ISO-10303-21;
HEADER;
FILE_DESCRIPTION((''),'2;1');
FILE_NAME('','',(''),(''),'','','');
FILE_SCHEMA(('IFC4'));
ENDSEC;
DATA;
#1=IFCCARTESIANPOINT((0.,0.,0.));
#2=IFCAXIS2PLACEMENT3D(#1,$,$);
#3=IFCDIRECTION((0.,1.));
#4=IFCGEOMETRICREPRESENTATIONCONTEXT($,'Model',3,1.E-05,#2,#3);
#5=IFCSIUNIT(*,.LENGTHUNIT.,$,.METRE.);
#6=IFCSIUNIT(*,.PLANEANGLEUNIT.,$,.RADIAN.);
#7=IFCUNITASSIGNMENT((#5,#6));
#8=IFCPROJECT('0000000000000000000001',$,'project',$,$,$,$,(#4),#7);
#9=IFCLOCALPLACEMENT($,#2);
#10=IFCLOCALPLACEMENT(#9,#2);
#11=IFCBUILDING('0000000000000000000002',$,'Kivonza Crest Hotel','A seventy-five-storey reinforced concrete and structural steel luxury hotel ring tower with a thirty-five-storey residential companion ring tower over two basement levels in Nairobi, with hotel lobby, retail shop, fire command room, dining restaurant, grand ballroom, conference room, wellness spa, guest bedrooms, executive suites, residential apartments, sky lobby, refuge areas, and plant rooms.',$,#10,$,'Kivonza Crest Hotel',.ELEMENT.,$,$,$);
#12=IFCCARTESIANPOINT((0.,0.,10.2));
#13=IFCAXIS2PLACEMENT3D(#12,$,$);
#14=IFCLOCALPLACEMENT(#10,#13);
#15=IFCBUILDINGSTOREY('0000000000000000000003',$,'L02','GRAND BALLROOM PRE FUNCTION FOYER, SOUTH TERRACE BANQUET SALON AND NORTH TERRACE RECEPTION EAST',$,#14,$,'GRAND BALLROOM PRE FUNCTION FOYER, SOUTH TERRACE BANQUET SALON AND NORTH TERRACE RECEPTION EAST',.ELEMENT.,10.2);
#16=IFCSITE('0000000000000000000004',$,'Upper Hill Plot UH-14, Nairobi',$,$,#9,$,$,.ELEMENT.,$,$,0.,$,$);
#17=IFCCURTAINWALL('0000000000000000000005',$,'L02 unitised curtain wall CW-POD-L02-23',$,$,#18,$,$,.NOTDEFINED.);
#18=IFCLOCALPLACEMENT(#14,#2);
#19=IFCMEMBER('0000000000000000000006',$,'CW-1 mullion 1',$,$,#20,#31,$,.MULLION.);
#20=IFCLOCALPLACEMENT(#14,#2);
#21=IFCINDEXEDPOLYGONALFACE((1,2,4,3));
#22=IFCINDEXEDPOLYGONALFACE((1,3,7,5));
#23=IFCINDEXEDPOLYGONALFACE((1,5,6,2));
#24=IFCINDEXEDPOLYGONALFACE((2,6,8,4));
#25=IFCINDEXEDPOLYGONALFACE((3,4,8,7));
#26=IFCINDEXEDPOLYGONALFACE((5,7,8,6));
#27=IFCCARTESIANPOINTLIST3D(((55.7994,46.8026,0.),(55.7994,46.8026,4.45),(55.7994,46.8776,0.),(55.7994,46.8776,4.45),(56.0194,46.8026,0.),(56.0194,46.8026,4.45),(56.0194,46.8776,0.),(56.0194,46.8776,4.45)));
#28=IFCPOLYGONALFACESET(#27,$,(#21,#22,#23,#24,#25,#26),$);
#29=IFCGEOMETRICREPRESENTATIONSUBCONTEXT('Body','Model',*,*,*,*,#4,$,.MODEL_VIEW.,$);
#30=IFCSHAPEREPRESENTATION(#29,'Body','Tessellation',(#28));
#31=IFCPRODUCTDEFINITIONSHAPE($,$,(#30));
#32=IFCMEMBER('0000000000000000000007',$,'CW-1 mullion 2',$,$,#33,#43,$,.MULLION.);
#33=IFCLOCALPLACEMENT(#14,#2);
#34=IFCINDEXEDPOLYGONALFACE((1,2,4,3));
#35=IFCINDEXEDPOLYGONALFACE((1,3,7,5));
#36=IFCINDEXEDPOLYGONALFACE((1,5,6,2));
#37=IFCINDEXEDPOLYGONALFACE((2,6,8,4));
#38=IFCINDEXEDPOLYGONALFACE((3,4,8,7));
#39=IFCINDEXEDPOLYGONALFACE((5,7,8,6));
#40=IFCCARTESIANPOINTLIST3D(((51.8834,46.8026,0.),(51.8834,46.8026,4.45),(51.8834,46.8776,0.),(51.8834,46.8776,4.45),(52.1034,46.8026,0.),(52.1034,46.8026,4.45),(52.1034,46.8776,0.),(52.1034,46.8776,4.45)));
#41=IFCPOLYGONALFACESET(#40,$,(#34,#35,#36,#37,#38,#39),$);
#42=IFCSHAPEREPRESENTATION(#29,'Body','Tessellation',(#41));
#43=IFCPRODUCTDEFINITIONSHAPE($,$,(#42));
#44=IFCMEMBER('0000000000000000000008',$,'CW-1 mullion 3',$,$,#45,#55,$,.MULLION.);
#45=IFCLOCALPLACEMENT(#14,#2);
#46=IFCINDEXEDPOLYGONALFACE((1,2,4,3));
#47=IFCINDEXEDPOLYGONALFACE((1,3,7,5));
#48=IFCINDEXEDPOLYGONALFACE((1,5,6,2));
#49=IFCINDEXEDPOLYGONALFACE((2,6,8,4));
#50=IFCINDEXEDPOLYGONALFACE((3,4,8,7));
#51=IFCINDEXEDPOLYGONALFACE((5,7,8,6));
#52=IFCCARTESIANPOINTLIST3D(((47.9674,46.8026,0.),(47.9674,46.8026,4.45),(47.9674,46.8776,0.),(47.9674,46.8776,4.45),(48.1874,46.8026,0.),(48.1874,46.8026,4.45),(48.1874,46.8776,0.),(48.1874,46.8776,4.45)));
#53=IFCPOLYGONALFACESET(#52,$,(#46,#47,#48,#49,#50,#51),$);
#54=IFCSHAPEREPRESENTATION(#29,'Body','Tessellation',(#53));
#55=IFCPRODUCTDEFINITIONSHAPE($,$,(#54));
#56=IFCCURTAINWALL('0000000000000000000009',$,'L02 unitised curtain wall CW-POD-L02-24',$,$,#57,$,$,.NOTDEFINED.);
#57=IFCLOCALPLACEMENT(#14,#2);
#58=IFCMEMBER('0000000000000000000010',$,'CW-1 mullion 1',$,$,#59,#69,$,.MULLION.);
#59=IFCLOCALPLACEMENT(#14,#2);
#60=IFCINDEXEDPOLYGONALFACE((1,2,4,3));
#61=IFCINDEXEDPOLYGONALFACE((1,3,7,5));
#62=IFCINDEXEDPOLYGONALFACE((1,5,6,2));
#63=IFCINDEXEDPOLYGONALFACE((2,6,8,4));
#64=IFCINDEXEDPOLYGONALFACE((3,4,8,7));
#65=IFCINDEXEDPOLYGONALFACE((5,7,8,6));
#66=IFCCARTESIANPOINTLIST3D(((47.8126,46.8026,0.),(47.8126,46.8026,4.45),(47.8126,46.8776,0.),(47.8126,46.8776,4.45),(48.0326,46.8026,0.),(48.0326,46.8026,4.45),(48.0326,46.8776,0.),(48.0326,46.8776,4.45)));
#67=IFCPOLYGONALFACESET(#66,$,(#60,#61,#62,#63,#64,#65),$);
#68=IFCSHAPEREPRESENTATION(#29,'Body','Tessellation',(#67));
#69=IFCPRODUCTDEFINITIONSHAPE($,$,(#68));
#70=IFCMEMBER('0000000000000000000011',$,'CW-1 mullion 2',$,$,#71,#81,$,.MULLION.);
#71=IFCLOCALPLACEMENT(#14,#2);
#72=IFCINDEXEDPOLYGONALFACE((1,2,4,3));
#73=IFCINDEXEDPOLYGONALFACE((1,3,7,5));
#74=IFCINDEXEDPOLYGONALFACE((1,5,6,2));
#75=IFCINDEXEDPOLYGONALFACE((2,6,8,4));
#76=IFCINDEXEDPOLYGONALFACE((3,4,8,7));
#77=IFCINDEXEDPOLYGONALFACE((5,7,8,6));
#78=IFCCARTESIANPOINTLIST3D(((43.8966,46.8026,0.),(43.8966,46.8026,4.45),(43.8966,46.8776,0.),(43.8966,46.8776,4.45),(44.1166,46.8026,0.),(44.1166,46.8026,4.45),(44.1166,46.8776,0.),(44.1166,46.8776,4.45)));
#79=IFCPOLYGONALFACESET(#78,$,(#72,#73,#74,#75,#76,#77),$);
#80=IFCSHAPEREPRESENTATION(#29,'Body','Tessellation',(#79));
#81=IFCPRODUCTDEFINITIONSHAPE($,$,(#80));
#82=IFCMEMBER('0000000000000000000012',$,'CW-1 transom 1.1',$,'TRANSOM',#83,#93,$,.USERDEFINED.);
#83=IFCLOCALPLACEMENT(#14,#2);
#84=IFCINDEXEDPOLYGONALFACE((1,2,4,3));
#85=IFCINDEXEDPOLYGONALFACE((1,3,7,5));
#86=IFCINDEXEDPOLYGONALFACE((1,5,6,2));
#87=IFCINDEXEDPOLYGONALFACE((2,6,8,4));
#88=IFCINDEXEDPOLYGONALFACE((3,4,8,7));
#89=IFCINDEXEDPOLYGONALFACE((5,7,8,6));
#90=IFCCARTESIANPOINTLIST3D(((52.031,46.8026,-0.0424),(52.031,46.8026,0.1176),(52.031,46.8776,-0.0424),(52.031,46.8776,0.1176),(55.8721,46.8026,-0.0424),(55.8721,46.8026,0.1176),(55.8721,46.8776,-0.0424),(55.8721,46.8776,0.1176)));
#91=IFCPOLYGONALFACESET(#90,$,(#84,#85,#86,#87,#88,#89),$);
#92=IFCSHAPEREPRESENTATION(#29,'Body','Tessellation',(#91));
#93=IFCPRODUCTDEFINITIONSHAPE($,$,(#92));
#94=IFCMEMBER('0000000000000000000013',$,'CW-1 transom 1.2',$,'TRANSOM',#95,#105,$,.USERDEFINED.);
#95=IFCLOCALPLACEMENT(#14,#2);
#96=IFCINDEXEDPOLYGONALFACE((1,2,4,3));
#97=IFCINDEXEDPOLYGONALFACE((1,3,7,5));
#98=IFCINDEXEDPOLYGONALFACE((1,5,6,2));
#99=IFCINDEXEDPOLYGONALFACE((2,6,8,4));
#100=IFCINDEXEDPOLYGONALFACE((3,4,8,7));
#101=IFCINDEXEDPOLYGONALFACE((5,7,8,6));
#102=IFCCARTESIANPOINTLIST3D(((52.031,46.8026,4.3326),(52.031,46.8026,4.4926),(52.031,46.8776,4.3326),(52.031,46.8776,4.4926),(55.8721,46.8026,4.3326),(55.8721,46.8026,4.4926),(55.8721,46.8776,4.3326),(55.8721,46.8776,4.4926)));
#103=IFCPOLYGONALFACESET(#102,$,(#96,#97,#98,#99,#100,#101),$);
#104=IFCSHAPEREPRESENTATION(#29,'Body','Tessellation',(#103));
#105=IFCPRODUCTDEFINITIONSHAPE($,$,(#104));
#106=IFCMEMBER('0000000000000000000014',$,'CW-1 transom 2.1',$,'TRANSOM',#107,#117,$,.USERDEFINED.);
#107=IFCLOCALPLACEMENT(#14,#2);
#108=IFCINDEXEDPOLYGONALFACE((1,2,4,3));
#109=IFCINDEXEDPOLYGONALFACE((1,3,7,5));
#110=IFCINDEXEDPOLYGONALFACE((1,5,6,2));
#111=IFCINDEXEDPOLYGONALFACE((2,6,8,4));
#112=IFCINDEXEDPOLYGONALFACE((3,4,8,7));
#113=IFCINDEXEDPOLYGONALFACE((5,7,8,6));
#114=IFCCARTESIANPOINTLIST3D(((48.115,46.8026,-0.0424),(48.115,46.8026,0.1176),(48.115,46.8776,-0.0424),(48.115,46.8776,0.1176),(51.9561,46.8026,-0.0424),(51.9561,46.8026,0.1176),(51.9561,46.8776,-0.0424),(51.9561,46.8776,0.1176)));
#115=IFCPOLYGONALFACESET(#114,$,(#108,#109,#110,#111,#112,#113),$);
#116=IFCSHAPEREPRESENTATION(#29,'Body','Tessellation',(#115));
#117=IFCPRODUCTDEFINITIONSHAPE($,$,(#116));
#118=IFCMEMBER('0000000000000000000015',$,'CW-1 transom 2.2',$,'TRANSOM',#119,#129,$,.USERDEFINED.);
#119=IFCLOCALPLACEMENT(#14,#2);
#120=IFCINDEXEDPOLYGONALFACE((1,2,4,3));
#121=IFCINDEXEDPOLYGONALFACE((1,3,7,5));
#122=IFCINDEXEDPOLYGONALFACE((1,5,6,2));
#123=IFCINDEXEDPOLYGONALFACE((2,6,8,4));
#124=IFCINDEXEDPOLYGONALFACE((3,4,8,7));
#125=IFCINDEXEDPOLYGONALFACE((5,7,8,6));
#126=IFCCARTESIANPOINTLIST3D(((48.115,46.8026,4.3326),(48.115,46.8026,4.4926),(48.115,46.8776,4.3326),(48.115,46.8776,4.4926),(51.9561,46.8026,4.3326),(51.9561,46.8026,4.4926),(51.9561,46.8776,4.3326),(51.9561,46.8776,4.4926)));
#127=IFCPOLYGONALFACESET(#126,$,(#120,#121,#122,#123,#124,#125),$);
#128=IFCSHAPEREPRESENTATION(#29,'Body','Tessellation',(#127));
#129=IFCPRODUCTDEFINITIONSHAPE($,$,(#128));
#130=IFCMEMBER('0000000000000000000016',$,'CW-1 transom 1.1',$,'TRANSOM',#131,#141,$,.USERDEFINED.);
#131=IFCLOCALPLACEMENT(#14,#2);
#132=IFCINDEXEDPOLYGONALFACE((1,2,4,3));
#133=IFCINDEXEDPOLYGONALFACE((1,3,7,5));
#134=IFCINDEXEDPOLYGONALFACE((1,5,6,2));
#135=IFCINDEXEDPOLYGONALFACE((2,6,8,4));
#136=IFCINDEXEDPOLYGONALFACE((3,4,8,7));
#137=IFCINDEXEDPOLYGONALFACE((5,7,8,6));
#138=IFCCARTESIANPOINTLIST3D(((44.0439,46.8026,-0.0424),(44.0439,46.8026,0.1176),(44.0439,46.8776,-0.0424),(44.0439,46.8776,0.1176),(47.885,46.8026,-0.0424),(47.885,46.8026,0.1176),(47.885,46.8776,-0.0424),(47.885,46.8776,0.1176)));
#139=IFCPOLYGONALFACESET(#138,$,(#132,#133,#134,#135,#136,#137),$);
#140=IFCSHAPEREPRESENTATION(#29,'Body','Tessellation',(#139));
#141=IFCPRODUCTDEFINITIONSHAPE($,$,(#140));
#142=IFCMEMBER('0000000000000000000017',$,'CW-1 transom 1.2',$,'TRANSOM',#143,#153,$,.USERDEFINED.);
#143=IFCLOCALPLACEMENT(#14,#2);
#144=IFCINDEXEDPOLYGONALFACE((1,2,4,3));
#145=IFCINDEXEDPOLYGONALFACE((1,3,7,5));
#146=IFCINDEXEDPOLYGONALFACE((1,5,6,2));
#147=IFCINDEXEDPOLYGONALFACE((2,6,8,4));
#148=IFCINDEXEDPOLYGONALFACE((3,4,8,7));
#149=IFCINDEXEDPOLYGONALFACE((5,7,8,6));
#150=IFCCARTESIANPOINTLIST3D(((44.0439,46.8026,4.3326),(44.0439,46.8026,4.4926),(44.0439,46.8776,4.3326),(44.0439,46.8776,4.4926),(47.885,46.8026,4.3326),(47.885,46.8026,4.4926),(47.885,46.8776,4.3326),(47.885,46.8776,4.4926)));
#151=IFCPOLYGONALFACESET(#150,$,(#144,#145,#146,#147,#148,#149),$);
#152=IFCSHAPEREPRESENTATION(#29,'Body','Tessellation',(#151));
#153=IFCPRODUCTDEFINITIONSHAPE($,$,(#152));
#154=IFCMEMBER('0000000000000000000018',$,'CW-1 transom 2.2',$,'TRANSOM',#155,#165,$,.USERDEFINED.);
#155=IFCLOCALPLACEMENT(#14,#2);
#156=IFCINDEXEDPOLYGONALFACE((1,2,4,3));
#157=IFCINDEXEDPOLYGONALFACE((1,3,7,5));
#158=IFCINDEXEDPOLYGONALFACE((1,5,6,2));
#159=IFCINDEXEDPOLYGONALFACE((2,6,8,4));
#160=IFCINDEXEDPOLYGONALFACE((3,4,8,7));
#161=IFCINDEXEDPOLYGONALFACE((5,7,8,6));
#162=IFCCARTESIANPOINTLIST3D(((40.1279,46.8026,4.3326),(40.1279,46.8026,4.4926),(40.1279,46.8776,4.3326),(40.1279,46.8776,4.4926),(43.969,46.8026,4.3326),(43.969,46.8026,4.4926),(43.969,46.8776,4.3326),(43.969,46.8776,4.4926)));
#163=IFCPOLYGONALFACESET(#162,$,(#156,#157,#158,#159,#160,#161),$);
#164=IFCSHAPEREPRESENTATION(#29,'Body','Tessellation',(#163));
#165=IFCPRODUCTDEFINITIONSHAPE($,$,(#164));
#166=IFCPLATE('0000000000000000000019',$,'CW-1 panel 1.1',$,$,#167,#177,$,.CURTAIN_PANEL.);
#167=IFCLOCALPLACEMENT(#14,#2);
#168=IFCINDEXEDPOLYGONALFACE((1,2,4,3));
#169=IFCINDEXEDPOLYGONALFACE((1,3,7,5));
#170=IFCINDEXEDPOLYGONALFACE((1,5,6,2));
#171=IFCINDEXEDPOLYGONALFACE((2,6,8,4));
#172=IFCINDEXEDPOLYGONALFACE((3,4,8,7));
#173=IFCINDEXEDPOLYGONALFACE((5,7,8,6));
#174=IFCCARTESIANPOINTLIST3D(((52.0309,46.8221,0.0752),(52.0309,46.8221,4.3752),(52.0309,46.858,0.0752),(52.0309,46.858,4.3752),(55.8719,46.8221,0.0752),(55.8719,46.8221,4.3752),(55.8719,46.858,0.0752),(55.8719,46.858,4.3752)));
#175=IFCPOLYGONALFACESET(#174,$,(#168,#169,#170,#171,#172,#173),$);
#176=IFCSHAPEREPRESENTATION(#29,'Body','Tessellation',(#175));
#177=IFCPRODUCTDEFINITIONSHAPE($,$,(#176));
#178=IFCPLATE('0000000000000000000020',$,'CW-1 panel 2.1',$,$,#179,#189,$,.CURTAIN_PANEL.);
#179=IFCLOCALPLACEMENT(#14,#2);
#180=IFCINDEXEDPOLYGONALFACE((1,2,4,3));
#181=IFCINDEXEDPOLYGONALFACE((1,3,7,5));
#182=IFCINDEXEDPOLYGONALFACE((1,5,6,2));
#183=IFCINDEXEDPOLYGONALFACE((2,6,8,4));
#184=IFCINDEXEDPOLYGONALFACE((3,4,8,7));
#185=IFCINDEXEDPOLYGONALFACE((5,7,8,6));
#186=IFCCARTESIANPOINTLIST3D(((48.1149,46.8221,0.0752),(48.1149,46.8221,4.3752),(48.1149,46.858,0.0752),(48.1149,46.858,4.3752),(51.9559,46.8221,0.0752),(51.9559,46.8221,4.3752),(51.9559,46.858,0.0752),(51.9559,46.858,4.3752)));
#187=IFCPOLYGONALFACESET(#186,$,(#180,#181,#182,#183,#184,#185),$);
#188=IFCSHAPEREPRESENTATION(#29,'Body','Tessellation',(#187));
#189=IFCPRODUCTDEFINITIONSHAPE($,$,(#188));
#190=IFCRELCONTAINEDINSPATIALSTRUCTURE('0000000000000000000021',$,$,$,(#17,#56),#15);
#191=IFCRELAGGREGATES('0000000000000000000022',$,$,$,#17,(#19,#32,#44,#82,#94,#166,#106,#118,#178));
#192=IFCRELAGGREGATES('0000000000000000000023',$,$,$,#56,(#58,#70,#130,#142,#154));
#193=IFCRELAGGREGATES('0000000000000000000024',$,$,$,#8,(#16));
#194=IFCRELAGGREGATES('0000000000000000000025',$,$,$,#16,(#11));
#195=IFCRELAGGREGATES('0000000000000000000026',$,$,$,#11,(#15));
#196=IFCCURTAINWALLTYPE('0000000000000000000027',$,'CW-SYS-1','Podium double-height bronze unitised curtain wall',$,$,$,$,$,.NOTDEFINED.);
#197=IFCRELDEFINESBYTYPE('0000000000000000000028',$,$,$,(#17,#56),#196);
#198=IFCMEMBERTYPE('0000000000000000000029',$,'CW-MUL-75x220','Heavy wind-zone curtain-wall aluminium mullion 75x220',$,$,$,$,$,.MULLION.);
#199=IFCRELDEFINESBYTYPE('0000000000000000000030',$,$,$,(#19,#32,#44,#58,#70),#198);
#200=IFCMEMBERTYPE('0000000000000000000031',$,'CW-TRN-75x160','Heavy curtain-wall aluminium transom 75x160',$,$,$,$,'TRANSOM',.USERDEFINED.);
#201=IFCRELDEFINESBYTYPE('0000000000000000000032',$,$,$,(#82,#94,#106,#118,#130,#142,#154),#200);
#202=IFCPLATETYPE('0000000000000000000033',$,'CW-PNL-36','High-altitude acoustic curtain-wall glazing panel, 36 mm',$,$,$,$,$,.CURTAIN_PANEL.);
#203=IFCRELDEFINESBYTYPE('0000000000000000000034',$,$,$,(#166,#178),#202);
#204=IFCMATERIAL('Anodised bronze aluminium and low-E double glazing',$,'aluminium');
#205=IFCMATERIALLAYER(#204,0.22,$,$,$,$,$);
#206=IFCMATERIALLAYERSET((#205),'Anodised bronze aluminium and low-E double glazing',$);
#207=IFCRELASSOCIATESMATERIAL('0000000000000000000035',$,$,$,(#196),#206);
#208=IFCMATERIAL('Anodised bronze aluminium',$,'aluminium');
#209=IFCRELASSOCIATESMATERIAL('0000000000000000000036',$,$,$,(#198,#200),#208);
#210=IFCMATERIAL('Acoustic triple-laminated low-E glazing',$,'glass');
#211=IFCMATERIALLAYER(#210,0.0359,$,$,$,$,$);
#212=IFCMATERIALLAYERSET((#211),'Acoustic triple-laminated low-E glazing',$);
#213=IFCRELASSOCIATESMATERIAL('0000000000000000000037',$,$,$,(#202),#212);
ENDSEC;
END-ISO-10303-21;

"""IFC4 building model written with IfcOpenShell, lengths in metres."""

from ifc_helpers import new_model, si_unit, direction, frame, origin, origin_2d, place, context, subcontext, project, spatial, rectangle, extrude, material, layer, layer_set, material_profile, profile_set, type_object, element, aggregate, save


model = new_model("IFC4")

# Units and contexts
model_context = context("Model", 3, precision=1e-05, world=origin(), true_north=direction((0.0, 1.0)))
body_context = subcontext(model_context, "Body", "Model", "MODEL_VIEW")
ifc_project = project(units=[si_unit("LENGTHUNIT", "METRE"), si_unit("PLANEANGLEUNIT", "RADIAN")], contexts=[model_context])

# Site, building, storey
site_placement = place(None, origin())
site = spatial("IfcSite", under=ifc_project, at=site_placement, Name="Upper Hill Plot UH-14, Nairobi", CompositionType="ELEMENT", RefElevation=0.0)
building_placement = place(site_placement, origin())
building = spatial("IfcBuilding", under=site, at=building_placement, Name="Kivonza Crest Hotel", Description="A seventy-five-storey reinforced concrete and structural steel luxury hotel ring tower with a thirty-five-storey residential companion ring tower over two basement levels in Nairobi, with hotel lobby, retail shop, fire command room, dining restaurant, grand ballroom, conference room, wellness spa, guest bedrooms, executive suites, residential apartments, sky lobby, refuge areas, and plant rooms.", LongName="Kivonza Crest Hotel", CompositionType="ELEMENT")
storey_placement = place(building_placement, frame((0.0, 0.0, 10.2)))
storey = spatial("IfcBuildingStorey", under=building, at=storey_placement, Name="L02", Description="GRAND BALLROOM PRE FUNCTION FOYER, SOUTH TERRACE BANQUET SALON AND NORTH TERRACE RECEPTION EAST", LongName="GRAND BALLROOM PRE FUNCTION FOYER, SOUTH TERRACE BANQUET SALON AND NORTH TERRACE RECEPTION EAST", CompositionType="ELEMENT", Elevation=10.2)

# Curtain walls, members
ifc_material_1 = material(Name="Anodised bronze aluminium and low-E double glazing", Category="aluminium")
ifc_layer_1 = layer(ifc_material_1, 0.22)
ifc_layer_set_1 = layer_set([ifc_layer_1], Name="Anodised bronze aluminium and low-E double glazing")
curtain_wall_type = type_object("IfcCurtainWallType", Name="CW-SYS-1", Description="Podium double-height bronze unitised curtain wall", PredefinedType="NOTDEFINED", material=ifc_layer_set_1)
curtain_wall_1_placement = place(storey_placement, origin())
curtain_wall_1 = element("IfcCurtainWall", 1, at=curtain_wall_1_placement, inside=storey, type_object=curtain_wall_type, Name="L02 unitised curtain wall CW-POD-L02-23", PredefinedType="NOTDEFINED")
ifc_material_2 = material(Name="Anodised bronze aluminium", Category="aluminium")
ifc_material_profile_1 = material_profile(ifc_material_2, rectangle(XDim=0.075, YDim=0.22, at=origin_2d()), Name="CW-M 75x220")
ifc_profile_set_1 = profile_set([ifc_material_profile_1], Name="Anodised bronze aluminium")
member_type_1 = type_object("IfcMemberType", Name="CW-MUL-75x220", Description="Heavy wind-zone curtain-wall aluminium mullion 75x220", PredefinedType="MULLION", material=ifc_profile_set_1)
member_1_placement = place(storey_placement, frame((55.9094, 46.8401, 0.0), z_axis=(0.0, 0.0, 1.0), x_axis=(0.0, -1.0, 0.0)))
member_1 = element("IfcMember", 2, at=member_1_placement, type_object=member_type_1, Name="CW-1 mullion 1", PredefinedType="MULLION", context=body_context, shape_type="SweptSolid", body=[
    extrude(rectangle(XDim=0.075, YDim=0.22, at=origin_2d()), origin(), (0.0, 0.0, 1.0), 4.45),
])
member_2_placement = place(storey_placement, frame((51.9934, 46.8401, 0.0), z_axis=(0.0, 0.0, 1.0), x_axis=(0.0, -1.0, 0.0)))
member_2 = element("IfcMember", 3, at=member_2_placement, type_object=member_type_1, Name="CW-1 mullion 2", PredefinedType="MULLION", context=body_context, shape_type="SweptSolid", body=[
    extrude(rectangle(XDim=0.075, YDim=0.22, at=origin_2d()), origin(), (0.0, 0.0, 1.0), 4.45),
])
member_3_placement = place(storey_placement, frame((48.0774, 46.8401, 0.0), z_axis=(0.0, 0.0, 1.0), x_axis=(0.0, -1.0, 0.0)))
member_3 = element("IfcMember", 4, at=member_3_placement, type_object=member_type_1, Name="CW-1 mullion 3", PredefinedType="MULLION", context=body_context, shape_type="SweptSolid", body=[
    extrude(rectangle(XDim=0.075, YDim=0.22, at=origin_2d()), origin(), (0.0, 0.0, 1.0), 4.45),
])
curtain_wall_2_placement = place(storey_placement, origin())
curtain_wall_2 = element("IfcCurtainWall", 5, at=curtain_wall_2_placement, inside=storey, type_object=curtain_wall_type, Name="L02 unitised curtain wall CW-POD-L02-24", PredefinedType="NOTDEFINED")
member_4_placement = place(storey_placement, frame((47.9226, 46.8401, 0.0), z_axis=(0.0, 0.0, 1.0), x_axis=(0.0, -1.0, 0.0)))
member_4 = element("IfcMember", 6, at=member_4_placement, type_object=member_type_1, Name="CW-1 mullion 1", PredefinedType="MULLION", context=body_context, shape_type="SweptSolid", body=[
    extrude(rectangle(XDim=0.075, YDim=0.22, at=origin_2d()), origin(), (0.0, 0.0, 1.0), 4.45),
])
member_5_placement = place(storey_placement, frame((44.0066, 46.8401, 0.0), z_axis=(0.0, 0.0, 1.0), x_axis=(0.0, -1.0, 0.0)))
member_5 = element("IfcMember", 7, at=member_5_placement, type_object=member_type_1, Name="CW-1 mullion 2", PredefinedType="MULLION", context=body_context, shape_type="SweptSolid", body=[
    extrude(rectangle(XDim=0.075, YDim=0.22, at=origin_2d()), origin(), (0.0, 0.0, 1.0), 4.45),
])

# Members
ifc_material_profile_2 = material_profile(ifc_material_2, rectangle(XDim=0.075, YDim=0.1599, at=origin_2d()), Name="CW-T 75x160")
ifc_profile_set_2 = profile_set([ifc_material_profile_2], Name="Anodised bronze aluminium")
member_type_2 = type_object("IfcMemberType", Name="CW-TRN-75x160", Description="Heavy curtain-wall aluminium transom 75x160", ElementType="TRANSOM", PredefinedType="USERDEFINED", material=ifc_profile_set_2)
member_6_placement = place(storey_placement, frame((55.8721, 46.8401, 0.0376), z_axis=(-1.0, 0.0, 0.0), x_axis=(0.0, -1.0, 0.0)))
member_6 = element("IfcMember", 8, at=member_6_placement, type_object=member_type_2, Name="CW-1 transom 1.1", ObjectType="TRANSOM", PredefinedType="USERDEFINED", context=body_context, shape_type="SweptSolid", body=[
    extrude(rectangle(XDim=0.075, YDim=0.1599, at=origin_2d()), origin(), (0.0, 0.0, 1.0), 3.8411),
])
member_7_placement = place(storey_placement, frame((55.8721, 46.8401, 4.4126), z_axis=(-1.0, 0.0, 0.0), x_axis=(0.0, -1.0, 0.0)))
member_7 = element("IfcMember", 9, at=member_7_placement, type_object=member_type_2, Name="CW-1 transom 1.2", ObjectType="TRANSOM", PredefinedType="USERDEFINED", context=body_context, shape_type="SweptSolid", body=[
    extrude(rectangle(XDim=0.075, YDim=0.1599, at=origin_2d()), origin(), (0.0, 0.0, 1.0), 3.8411),
])
member_8_placement = place(storey_placement, frame((51.9561, 46.8401, 0.0376), z_axis=(-1.0, 0.0, 0.0), x_axis=(0.0, -1.0, 0.0)))
member_8 = element("IfcMember", 10, at=member_8_placement, type_object=member_type_2, Name="CW-1 transom 2.1", ObjectType="TRANSOM", PredefinedType="USERDEFINED", context=body_context, shape_type="SweptSolid", body=[
    extrude(rectangle(XDim=0.075, YDim=0.1599, at=origin_2d()), origin(), (0.0, 0.0, 1.0), 3.8411),
])
member_9_placement = place(storey_placement, frame((51.9561, 46.8401, 4.4126), z_axis=(-1.0, 0.0, 0.0), x_axis=(0.0, -1.0, 0.0)))
member_9 = element("IfcMember", 11, at=member_9_placement, type_object=member_type_2, Name="CW-1 transom 2.2", ObjectType="TRANSOM", PredefinedType="USERDEFINED", context=body_context, shape_type="SweptSolid", body=[
    extrude(rectangle(XDim=0.075, YDim=0.1599, at=origin_2d()), origin(), (0.0, 0.0, 1.0), 3.8411),
])
member_10_placement = place(storey_placement, frame((47.885, 46.8401, 0.0376), z_axis=(-1.0, 0.0, 0.0), x_axis=(0.0, -1.0, 0.0)))
member_10 = element("IfcMember", 12, at=member_10_placement, type_object=member_type_2, Name="CW-1 transom 1.1", ObjectType="TRANSOM", PredefinedType="USERDEFINED", context=body_context, shape_type="SweptSolid", body=[
    extrude(rectangle(XDim=0.075, YDim=0.1599, at=origin_2d()), origin(), (0.0, 0.0, 1.0), 3.8411),
])
member_11_placement = place(storey_placement, frame((47.885, 46.8401, 4.4126), z_axis=(-1.0, 0.0, 0.0), x_axis=(0.0, -1.0, 0.0)))
member_11 = element("IfcMember", 13, at=member_11_placement, type_object=member_type_2, Name="CW-1 transom 1.2", ObjectType="TRANSOM", PredefinedType="USERDEFINED", context=body_context, shape_type="SweptSolid", body=[
    extrude(rectangle(XDim=0.075, YDim=0.1599, at=origin_2d()), origin(), (0.0, 0.0, 1.0), 3.8411),
])
member_12_placement = place(storey_placement, frame((43.969, 46.8401, 4.4126), z_axis=(-1.0, 0.0, 0.0), x_axis=(0.0, -1.0, 0.0)))
member_12 = element("IfcMember", 14, at=member_12_placement, type_object=member_type_2, Name="CW-1 transom 2.2", ObjectType="TRANSOM", PredefinedType="USERDEFINED", context=body_context, shape_type="SweptSolid", body=[
    extrude(rectangle(XDim=0.075, YDim=0.1599, at=origin_2d()), origin(), (0.0, 0.0, 1.0), 3.8411),
])

# Plates
ifc_material_3 = material(Name="Acoustic triple-laminated low-E glazing", Category="glass")
ifc_layer_2 = layer(ifc_material_3, 0.0359)
ifc_layer_set_2 = layer_set([ifc_layer_2], Name="Acoustic triple-laminated low-E glazing")
plate_type = type_object("IfcPlateType", Name="CW-PNL-36", Description="High-altitude acoustic curtain-wall glazing panel, 36 mm", PredefinedType="CURTAIN_PANEL", material=ifc_layer_set_2)
plate_1_placement = place(storey_placement, frame((53.9514, 46.8401, 0.0752), z_axis=(0.0, 0.0, 1.0), x_axis=(-1.0, 0.0, 0.0)))
plate_1 = element("IfcPlate", 15, at=plate_1_placement, type_object=plate_type, Name="CW-1 panel 1.1", PredefinedType="CURTAIN_PANEL", context=body_context, shape_type="SweptSolid", body=[
    extrude(rectangle(XDim=3.8411, YDim=0.0359, at=origin_2d()), origin(), (0.0, 0.0, 1.0), 4.3),
])
plate_2_placement = place(storey_placement, frame((50.0354, 46.8401, 0.0752), z_axis=(0.0, 0.0, 1.0), x_axis=(-1.0, 0.0, 0.0)))
plate_2 = element("IfcPlate", 16, at=plate_2_placement, type_object=plate_type, Name="CW-1 panel 2.1", PredefinedType="CURTAIN_PANEL", context=body_context, shape_type="SweptSolid", body=[
    extrude(rectangle(XDim=3.8411, YDim=0.0359, at=origin_2d()), origin(), (0.0, 0.0, 1.0), 4.3),
])
aggregate(curtain_wall_1, [member_1, member_2, member_3, member_6, member_7, plate_1, member_8, member_9, plate_2])
aggregate(curtain_wall_2, [member_4, member_5, member_10, member_11, member_12])

save(model, "model.ifc")
